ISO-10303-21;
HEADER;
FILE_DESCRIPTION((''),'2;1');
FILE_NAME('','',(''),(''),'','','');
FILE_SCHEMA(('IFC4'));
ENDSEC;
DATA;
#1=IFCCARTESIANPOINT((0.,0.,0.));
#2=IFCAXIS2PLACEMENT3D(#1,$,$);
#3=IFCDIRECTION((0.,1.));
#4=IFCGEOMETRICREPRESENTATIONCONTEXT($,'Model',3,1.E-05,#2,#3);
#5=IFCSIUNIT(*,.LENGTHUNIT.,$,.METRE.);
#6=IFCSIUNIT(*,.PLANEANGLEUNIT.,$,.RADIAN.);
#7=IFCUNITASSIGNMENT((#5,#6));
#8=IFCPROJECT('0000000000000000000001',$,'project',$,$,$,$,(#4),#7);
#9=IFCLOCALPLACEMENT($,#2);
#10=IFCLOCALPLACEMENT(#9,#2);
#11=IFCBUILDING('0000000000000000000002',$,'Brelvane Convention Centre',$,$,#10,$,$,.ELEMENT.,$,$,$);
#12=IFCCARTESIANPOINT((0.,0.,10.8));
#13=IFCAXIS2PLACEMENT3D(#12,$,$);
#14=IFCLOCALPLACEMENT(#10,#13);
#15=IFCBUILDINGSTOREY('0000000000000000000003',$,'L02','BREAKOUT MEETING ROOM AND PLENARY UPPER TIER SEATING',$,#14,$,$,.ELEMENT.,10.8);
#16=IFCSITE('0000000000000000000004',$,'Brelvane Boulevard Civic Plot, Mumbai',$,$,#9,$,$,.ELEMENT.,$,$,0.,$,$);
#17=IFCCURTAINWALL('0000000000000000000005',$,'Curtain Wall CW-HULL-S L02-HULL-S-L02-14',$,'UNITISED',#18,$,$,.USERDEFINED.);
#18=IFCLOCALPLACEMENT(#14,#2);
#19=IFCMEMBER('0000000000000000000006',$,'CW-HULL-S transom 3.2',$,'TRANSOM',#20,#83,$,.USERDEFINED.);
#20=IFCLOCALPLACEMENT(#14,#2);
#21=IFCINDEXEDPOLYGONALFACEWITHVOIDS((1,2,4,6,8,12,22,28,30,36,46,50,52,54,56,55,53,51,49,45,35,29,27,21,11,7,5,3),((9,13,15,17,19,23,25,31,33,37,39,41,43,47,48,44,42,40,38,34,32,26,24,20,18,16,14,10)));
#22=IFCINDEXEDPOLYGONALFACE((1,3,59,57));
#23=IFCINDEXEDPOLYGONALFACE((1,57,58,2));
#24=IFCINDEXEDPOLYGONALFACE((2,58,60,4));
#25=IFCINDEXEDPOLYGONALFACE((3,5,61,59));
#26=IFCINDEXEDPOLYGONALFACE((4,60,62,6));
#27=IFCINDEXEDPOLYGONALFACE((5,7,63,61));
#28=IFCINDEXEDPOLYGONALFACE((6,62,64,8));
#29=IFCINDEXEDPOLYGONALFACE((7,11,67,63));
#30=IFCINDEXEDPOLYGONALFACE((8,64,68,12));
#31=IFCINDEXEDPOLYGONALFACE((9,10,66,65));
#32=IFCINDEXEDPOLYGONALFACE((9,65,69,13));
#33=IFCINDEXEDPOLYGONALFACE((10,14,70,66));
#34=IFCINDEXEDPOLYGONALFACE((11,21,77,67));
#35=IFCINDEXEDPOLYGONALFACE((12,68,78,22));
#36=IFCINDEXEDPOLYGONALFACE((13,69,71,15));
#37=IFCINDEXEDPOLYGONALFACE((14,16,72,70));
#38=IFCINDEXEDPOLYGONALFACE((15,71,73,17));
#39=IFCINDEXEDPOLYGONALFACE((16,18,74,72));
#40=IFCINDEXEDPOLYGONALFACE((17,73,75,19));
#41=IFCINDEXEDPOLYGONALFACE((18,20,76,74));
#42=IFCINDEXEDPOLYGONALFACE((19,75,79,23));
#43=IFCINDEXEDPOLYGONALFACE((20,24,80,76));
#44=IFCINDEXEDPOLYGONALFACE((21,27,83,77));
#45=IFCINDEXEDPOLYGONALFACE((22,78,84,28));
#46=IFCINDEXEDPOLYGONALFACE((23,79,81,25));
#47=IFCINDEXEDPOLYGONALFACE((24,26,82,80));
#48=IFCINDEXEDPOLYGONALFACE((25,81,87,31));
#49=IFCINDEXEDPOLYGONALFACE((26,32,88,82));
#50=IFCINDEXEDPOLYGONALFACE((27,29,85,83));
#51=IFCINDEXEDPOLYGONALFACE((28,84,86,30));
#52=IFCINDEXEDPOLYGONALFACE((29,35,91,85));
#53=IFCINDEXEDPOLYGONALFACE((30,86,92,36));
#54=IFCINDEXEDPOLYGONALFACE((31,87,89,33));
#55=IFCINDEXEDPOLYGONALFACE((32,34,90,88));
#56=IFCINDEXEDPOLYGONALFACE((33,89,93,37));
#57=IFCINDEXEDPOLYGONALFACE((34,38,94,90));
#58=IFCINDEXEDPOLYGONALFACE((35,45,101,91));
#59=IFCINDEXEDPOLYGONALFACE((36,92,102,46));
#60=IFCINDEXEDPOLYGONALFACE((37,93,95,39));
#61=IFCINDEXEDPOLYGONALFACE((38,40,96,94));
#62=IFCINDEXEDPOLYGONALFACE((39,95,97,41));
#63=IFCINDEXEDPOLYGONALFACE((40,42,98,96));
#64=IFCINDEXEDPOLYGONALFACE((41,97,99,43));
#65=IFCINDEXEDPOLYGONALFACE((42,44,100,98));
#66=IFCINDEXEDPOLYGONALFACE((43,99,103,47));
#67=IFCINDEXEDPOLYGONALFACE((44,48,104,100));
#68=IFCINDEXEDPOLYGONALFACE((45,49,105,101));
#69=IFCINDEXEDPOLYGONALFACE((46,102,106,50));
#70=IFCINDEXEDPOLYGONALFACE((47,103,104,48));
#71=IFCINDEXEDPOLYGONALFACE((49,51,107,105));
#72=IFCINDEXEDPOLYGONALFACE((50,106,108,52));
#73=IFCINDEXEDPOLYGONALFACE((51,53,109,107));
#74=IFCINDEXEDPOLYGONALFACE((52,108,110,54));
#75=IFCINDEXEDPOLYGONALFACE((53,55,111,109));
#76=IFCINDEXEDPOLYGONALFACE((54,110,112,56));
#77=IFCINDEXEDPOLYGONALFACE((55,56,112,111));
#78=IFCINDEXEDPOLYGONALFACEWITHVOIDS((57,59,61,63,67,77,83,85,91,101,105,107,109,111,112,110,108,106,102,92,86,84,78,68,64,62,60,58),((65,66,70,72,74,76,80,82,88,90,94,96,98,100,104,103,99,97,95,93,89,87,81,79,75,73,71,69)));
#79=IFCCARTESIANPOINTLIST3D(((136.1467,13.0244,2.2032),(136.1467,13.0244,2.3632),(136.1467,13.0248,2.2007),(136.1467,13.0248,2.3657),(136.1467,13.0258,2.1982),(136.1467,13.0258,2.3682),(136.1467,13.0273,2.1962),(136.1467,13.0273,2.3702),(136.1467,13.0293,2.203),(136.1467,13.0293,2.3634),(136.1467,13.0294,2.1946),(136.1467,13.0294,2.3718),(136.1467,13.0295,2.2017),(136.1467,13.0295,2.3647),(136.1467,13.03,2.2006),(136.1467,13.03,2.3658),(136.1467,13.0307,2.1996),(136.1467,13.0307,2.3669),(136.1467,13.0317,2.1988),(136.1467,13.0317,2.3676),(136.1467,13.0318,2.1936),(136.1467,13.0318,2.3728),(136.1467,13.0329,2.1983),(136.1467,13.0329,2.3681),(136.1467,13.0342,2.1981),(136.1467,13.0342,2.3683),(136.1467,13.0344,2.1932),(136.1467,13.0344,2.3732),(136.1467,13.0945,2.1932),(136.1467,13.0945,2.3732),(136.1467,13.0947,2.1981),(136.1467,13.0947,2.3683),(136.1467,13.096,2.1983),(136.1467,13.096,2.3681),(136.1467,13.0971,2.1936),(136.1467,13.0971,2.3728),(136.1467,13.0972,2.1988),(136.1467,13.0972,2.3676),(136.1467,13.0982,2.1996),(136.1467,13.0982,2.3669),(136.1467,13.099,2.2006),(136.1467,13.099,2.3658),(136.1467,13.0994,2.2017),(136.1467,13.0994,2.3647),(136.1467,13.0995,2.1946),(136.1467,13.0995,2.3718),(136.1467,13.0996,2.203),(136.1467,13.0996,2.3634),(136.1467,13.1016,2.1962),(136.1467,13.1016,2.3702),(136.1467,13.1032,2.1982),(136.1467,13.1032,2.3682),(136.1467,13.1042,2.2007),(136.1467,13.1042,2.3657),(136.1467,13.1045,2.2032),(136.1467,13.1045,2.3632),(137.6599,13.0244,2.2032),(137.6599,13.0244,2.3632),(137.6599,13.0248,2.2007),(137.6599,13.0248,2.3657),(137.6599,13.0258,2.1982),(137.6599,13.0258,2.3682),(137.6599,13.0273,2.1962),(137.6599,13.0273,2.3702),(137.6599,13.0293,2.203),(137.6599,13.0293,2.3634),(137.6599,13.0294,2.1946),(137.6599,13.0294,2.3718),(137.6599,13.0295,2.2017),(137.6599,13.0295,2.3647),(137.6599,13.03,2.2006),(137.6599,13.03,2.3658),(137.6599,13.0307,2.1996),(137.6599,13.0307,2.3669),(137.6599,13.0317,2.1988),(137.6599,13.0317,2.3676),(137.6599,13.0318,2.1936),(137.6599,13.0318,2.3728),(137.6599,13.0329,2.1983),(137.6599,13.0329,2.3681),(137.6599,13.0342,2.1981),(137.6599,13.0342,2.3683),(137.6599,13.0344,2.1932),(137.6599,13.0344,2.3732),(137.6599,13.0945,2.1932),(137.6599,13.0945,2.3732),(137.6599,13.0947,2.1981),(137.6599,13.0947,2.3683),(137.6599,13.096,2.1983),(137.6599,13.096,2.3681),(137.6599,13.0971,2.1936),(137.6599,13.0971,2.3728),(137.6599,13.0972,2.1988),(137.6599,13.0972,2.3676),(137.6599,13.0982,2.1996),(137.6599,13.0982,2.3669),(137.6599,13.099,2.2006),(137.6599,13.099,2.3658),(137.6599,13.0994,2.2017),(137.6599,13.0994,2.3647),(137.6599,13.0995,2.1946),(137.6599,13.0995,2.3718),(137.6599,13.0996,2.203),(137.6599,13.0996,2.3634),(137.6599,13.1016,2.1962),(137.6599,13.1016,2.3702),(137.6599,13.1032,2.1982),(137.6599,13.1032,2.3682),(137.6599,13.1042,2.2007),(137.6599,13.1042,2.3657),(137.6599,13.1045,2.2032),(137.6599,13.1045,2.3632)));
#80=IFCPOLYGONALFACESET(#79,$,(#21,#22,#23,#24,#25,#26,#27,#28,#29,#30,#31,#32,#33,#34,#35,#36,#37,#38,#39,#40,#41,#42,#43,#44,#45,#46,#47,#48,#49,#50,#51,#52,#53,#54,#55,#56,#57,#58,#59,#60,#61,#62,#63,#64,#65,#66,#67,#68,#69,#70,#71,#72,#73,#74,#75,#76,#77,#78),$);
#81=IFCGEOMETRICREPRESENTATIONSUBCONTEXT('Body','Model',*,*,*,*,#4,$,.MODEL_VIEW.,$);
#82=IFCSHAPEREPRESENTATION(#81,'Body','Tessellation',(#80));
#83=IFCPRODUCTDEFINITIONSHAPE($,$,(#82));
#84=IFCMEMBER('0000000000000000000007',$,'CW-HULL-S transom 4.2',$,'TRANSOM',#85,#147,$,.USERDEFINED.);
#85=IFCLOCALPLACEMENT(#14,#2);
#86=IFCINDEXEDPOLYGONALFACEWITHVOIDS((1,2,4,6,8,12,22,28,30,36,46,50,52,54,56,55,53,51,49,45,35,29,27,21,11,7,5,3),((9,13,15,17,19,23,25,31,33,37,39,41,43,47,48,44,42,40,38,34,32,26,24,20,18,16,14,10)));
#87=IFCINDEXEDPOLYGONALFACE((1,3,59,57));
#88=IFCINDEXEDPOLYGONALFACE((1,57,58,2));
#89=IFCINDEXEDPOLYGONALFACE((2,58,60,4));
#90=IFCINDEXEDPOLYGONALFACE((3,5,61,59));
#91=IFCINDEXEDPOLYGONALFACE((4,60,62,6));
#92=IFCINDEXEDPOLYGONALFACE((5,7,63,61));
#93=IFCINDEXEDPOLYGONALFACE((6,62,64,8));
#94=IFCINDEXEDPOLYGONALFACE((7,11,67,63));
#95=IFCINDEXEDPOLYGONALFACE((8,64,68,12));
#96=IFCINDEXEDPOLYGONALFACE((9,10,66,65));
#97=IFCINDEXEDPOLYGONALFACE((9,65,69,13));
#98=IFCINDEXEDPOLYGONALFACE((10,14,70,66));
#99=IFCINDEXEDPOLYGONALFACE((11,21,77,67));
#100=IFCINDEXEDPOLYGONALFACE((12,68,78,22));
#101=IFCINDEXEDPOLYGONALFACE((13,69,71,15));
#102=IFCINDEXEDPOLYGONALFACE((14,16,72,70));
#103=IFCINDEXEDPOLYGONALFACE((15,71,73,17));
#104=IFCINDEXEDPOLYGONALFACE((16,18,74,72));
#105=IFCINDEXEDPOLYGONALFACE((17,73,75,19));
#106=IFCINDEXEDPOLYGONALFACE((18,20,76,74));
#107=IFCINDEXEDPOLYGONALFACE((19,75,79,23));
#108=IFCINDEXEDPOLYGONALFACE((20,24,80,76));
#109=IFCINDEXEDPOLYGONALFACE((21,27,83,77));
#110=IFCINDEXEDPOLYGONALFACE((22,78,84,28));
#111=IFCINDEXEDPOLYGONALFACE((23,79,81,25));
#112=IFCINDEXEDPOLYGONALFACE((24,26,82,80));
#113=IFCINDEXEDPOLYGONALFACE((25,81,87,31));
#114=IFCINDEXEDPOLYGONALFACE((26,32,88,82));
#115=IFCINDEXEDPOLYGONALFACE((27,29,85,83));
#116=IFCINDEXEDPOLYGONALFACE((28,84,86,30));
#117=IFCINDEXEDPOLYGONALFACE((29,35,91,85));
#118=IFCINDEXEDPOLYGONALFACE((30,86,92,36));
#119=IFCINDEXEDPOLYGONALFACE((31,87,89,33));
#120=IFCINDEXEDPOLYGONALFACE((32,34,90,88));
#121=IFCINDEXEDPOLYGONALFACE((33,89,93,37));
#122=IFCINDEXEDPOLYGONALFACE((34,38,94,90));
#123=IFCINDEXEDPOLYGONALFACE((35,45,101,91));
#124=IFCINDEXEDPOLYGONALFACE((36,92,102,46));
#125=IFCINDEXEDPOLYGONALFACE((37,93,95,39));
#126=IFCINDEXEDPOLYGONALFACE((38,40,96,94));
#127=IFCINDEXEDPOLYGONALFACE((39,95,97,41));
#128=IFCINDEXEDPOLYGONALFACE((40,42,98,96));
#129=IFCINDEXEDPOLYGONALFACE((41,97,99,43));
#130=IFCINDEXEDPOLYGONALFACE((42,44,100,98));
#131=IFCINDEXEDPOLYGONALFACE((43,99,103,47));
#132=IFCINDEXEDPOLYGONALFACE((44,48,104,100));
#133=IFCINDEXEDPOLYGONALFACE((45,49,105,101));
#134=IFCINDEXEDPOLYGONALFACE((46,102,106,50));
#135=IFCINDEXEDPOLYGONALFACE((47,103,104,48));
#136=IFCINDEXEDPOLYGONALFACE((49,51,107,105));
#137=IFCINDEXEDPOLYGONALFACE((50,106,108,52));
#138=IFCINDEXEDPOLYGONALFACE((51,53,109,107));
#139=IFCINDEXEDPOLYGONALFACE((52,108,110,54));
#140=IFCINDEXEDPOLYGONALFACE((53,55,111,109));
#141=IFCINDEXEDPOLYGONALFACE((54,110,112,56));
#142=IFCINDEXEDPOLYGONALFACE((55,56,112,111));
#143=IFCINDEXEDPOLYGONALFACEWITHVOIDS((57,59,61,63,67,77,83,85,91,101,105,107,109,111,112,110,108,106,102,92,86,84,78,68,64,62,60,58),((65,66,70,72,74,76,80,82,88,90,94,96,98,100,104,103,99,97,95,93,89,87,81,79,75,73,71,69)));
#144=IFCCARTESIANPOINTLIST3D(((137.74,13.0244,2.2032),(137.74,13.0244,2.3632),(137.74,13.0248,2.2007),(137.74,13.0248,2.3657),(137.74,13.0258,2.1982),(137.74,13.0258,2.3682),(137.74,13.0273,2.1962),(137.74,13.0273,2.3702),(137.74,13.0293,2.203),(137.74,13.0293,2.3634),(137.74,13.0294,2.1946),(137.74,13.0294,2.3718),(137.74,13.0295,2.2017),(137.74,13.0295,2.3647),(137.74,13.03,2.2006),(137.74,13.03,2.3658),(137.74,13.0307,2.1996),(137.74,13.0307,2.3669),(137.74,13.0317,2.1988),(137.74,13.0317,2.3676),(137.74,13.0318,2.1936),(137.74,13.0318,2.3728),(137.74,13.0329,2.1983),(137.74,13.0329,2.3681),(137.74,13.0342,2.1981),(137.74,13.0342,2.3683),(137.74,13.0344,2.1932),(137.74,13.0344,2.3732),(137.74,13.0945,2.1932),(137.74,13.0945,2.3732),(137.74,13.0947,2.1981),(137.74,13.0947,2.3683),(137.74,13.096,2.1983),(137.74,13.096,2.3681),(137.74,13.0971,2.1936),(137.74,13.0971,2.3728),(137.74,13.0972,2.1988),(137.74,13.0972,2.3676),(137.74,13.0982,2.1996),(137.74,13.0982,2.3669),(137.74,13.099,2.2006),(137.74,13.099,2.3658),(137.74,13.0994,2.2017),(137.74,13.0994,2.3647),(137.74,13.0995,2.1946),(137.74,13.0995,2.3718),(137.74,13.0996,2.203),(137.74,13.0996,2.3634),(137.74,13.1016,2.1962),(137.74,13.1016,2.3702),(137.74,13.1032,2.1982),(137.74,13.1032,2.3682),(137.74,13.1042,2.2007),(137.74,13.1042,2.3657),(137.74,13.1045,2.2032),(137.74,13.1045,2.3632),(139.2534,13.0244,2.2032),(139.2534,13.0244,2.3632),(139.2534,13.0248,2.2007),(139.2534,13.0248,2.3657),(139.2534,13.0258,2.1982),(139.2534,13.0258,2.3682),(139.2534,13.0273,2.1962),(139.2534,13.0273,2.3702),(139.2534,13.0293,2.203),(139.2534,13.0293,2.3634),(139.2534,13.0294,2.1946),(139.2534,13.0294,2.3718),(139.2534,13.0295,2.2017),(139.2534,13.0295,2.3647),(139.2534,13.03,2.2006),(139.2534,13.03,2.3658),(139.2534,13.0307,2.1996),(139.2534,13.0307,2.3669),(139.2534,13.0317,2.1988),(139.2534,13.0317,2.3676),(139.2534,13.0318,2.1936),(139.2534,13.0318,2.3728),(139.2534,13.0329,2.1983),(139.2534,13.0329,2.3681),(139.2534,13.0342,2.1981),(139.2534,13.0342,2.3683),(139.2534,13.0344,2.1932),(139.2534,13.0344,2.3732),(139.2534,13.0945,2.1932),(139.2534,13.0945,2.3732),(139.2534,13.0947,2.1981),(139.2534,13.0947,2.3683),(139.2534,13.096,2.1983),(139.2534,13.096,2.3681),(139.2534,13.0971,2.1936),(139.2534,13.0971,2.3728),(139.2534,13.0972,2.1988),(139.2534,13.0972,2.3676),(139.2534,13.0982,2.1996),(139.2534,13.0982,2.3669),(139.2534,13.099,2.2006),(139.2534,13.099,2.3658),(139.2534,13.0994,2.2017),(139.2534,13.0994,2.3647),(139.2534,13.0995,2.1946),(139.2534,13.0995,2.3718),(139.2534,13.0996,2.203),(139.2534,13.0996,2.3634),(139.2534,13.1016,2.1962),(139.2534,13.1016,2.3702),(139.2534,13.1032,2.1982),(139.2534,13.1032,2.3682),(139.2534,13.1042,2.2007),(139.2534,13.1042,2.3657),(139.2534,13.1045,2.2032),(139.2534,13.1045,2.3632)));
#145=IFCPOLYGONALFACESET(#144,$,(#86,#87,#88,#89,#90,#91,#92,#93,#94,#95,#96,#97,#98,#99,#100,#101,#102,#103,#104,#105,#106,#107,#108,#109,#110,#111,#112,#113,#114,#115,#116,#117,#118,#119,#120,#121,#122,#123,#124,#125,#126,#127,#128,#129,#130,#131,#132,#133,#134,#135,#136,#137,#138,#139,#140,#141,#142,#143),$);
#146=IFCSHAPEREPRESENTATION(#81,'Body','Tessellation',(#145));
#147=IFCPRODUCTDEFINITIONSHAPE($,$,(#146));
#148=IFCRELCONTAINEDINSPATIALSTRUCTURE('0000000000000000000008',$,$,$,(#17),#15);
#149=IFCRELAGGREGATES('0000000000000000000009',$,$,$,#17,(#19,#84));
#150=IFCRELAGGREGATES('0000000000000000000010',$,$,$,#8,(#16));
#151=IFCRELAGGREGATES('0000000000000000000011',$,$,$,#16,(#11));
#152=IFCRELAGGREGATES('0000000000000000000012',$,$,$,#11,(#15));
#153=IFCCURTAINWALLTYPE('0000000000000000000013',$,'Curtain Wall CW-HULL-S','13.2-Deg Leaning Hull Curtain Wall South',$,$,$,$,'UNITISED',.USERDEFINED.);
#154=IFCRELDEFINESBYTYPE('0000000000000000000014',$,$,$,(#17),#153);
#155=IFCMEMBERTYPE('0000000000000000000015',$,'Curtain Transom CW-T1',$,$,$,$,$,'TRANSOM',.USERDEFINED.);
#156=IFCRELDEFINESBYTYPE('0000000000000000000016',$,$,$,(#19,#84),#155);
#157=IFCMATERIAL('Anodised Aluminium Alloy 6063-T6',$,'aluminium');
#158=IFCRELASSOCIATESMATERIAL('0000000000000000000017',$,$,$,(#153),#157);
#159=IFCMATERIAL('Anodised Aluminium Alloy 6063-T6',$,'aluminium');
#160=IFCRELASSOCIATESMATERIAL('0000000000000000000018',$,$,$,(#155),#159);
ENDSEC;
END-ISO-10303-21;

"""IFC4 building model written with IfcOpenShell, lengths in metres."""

from ifc_helpers import new_model, si_unit, direction, frame, origin, origin_2d, place, context, subcontext, project, spatial, hollow_rectangle, extrude, material, material_profile, profile_set, type_object, element, aggregate, save


model = new_model("IFC4")

# Units and contexts
model_context = context("Model", 3, precision=1e-05, world=origin(), true_north=direction((0.0, 1.0)))
body_context = subcontext(model_context, "Body", "Model", "MODEL_VIEW")
ifc_project = project(units=[si_unit("LENGTHUNIT", "METRE"), si_unit("PLANEANGLEUNIT", "RADIAN")], contexts=[model_context])

# Site, building, storey
site_placement = place(None, origin())
site = spatial("IfcSite", under=ifc_project, at=site_placement, Name="Brelvane Boulevard Civic Plot, Mumbai", CompositionType="ELEMENT", RefElevation=0.0)
building_placement = place(site_placement, origin())
building = spatial("IfcBuilding", under=site, at=building_placement, Name="Brelvane Convention Centre", CompositionType="ELEMENT")
storey_placement = place(building_placement, frame((0.0, 0.0, 10.8)))
storey = spatial("IfcBuildingStorey", under=building, at=storey_placement, Name="L02", Description="BREAKOUT MEETING ROOM AND PLENARY UPPER TIER SEATING", CompositionType="ELEMENT", Elevation=10.8)

# Curtain wall, members
ifc_material_1 = material(Name="Anodised Aluminium Alloy 6063-T6", Category="aluminium")
curtain_wall_type = type_object("IfcCurtainWallType", Name="Curtain Wall CW-HULL-S", Description="13.2-Deg Leaning Hull Curtain Wall South", ElementType="UNITISED", PredefinedType="USERDEFINED", material=ifc_material_1)
curtain_wall_1_placement = place(storey_placement, origin())
curtain_wall_1 = element("IfcCurtainWall", 1, at=curtain_wall_1_placement, inside=storey, type_object=curtain_wall_type, Name="Curtain Wall CW-HULL-S L02-HULL-S-L02-14", ObjectType="UNITISED", PredefinedType="USERDEFINED")
ifc_material_2 = material(Name="Anodised Aluminium Alloy 6063-T6", Category="aluminium")
ifc_material_profile = material_profile(ifc_material_2, hollow_rectangle(XDim=0.0801, YDim=0.1799, WallThickness=0.0049, InnerFilletRadius=0.0049, OuterFilletRadius=0.01, at=origin_2d()), Name="ALU-T 180x80x5.0")
ifc_profile_set = profile_set([ifc_material_profile], Name="Anodised Aluminium Alloy 6063-T6")
member_type = type_object("IfcMemberType", Name="Curtain Transom CW-T1", ElementType="TRANSOM", PredefinedType="USERDEFINED", material=ifc_profile_set)
member_1_placement = place(storey_placement, frame((136.1467, 13.0645, 2.2832), z_axis=(1.0, 0.0, 0.0), x_axis=(0.0, 1.0, 0.0)))
member_1 = element("IfcMember", 2, at=member_1_placement, type_object=member_type, Name="CW-HULL-S transom 3.2", ObjectType="TRANSOM", PredefinedType="USERDEFINED", context=body_context, shape_type="SweptSolid", body=[
    extrude(hollow_rectangle(XDim=0.0801, YDim=0.1799, WallThickness=0.0049, InnerFilletRadius=0.0049, OuterFilletRadius=0.01, at=origin_2d()), origin(), (0.0, 0.0, 1.0), 1.5132),
])
member_2_placement = place(storey_placement, frame((137.74, 13.0645, 2.2832), z_axis=(1.0, 0.0, 0.0), x_axis=(0.0, 1.0, 0.0)))
member_2 = element("IfcMember", 3, at=member_2_placement, type_object=member_type, Name="CW-HULL-S transom 4.2", ObjectType="TRANSOM", PredefinedType="USERDEFINED", context=body_context, shape_type="SweptSolid", body=[
    extrude(hollow_rectangle(XDim=0.0801, YDim=0.1799, WallThickness=0.0049, InnerFilletRadius=0.0049, OuterFilletRadius=0.01, at=origin_2d()), origin(), (0.0, 0.0, 1.0), 1.5134),
])

aggregate(curtain_wall_1, [member_1, member_2])

save(model, "model.ifc")
